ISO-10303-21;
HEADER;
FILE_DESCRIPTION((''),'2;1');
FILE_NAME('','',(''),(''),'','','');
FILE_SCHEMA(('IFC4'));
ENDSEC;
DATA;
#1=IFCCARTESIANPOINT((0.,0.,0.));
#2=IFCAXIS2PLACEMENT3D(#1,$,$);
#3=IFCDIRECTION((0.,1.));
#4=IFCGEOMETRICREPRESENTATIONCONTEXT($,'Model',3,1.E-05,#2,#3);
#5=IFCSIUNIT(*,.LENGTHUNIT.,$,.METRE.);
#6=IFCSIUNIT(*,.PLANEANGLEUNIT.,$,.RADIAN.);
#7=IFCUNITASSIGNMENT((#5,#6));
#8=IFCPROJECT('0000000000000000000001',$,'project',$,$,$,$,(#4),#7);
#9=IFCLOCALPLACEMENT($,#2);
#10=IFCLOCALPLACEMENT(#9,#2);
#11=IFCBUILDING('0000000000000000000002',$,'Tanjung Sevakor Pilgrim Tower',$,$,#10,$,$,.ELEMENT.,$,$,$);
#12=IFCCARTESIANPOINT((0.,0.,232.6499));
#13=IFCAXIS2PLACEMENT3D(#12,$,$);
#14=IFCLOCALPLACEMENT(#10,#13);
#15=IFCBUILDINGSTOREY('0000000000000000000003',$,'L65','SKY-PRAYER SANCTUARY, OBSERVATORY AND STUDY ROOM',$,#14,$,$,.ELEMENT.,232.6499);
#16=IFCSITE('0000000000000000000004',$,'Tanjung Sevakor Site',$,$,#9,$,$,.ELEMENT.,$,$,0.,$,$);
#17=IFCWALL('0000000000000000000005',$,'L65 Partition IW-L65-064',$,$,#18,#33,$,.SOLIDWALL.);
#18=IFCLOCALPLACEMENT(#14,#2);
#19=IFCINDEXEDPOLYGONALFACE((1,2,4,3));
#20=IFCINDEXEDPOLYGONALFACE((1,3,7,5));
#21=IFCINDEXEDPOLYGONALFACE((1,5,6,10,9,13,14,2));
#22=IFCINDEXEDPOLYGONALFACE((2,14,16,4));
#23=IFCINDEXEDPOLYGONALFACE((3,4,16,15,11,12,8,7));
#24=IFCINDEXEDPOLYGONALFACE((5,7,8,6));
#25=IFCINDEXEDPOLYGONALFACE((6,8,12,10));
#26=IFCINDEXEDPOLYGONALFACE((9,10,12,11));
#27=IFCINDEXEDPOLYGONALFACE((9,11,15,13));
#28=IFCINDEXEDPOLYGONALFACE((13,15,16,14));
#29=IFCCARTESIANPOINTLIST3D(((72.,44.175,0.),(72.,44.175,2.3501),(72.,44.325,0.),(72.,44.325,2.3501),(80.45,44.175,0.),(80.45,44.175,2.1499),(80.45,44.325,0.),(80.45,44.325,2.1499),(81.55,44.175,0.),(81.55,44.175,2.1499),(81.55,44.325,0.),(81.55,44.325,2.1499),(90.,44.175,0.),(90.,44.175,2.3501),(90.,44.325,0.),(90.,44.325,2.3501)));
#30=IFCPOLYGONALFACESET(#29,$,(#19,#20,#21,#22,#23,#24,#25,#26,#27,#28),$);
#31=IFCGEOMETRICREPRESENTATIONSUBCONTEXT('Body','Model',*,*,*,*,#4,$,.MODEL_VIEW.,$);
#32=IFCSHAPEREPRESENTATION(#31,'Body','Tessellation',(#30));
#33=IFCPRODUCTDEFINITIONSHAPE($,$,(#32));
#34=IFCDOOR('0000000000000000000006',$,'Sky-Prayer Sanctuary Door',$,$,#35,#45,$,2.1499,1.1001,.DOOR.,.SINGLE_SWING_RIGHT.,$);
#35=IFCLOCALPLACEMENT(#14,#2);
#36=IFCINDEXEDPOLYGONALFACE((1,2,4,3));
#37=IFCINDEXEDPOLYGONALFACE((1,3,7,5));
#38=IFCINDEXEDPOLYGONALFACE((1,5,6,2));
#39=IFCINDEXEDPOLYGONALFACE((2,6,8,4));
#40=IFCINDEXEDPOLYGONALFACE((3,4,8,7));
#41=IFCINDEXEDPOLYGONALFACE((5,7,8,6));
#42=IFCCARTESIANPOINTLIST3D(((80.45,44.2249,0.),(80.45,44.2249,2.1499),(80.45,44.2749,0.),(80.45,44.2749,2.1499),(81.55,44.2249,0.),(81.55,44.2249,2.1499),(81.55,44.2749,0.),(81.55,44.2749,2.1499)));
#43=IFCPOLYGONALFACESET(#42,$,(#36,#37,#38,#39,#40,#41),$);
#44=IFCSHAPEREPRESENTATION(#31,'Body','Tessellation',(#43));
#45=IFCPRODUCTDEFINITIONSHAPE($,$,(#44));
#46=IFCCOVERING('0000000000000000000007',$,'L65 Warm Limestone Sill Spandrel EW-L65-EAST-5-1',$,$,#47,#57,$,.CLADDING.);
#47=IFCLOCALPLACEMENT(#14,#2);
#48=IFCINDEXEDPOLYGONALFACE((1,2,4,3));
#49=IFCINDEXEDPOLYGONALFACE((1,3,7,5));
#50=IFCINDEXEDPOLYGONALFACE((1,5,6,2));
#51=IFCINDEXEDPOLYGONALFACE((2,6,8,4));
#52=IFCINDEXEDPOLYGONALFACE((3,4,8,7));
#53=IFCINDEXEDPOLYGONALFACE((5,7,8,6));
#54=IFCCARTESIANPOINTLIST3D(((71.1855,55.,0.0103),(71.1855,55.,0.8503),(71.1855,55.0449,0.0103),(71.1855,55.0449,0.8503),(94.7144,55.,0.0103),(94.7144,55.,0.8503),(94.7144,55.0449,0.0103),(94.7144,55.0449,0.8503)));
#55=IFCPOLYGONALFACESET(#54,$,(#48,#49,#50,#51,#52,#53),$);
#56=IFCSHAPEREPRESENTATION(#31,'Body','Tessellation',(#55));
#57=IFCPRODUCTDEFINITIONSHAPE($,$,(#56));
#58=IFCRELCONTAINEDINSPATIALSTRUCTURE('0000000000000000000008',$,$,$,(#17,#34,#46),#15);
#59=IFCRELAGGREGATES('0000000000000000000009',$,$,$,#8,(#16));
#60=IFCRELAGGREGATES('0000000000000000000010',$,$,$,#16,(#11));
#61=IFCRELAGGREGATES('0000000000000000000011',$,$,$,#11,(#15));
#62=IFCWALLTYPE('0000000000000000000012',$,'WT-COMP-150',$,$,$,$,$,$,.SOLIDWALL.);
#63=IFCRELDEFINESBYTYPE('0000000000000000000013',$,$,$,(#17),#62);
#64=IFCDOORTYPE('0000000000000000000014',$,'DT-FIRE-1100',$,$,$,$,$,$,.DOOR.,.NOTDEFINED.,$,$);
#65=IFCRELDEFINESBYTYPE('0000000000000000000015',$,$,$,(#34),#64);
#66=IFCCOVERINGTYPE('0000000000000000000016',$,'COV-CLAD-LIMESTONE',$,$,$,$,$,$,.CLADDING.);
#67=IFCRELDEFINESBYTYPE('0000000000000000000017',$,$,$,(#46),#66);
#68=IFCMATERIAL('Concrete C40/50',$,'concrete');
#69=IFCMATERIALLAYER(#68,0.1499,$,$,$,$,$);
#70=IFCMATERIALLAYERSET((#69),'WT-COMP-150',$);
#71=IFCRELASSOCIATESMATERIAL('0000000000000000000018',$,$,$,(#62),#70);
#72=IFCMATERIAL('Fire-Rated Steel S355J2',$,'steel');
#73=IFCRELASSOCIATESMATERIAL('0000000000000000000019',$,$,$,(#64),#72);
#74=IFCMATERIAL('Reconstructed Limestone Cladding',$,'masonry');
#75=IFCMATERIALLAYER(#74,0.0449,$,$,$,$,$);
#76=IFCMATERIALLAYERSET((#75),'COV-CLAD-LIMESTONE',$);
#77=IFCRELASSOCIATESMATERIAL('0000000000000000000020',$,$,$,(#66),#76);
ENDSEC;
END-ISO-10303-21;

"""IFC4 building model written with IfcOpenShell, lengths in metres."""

from ifc_helpers import new_model, si_unit, direction, frame, frame_2d, origin, origin_2d, place, context, subcontext, project, spatial, rectangle, extrude, material, layer, layer_set, type_object, element, fill, save


model = new_model("IFC4")

# Units and contexts
model_context = context("Model", 3, precision=1e-05, world=origin(), true_north=direction((0.0, 1.0)))
body_context = subcontext(model_context, "Body", "Model", "MODEL_VIEW")
ifc_project = project(units=[si_unit("LENGTHUNIT", "METRE"), si_unit("PLANEANGLEUNIT", "RADIAN")], contexts=[model_context])

# Site, building, storey
site_placement = place(None, origin())
site = spatial("IfcSite", under=ifc_project, at=site_placement, Name="Tanjung Sevakor Site", CompositionType="ELEMENT", RefElevation=0.0)
building_placement = place(site_placement, origin())
building = spatial("IfcBuilding", under=site, at=building_placement, Name="Tanjung Sevakor Pilgrim Tower", CompositionType="ELEMENT")
storey_placement = place(building_placement, frame((0.0, 0.0, 232.6499)))
storey = spatial("IfcBuildingStorey", under=building, at=storey_placement, Name="L65", Description="SKY-PRAYER SANCTUARY, OBSERVATORY AND STUDY ROOM", CompositionType="ELEMENT", Elevation=232.6499)

# Shared definitions
ifc_material_1 = material(Name="Concrete C40/50", Category="concrete")
ifc_layer_1 = layer(ifc_material_1, 0.1499)
ifc_layer_set_1 = layer_set([ifc_layer_1], Name="WT-COMP-150")
wall_type = type_object("IfcWallType", Name="WT-COMP-150", PredefinedType="SOLIDWALL", material=ifc_layer_set_1)

# Wall, opening, door
wall_1_placement = place(storey_placement, frame((72.0, 44.25, 0.0), z_axis=(0.0, 0.0, 1.0), x_axis=(1.0, 0.0, 0.0)))
wall_1 = element("IfcWall", 1, at=wall_1_placement, inside=storey, type_object=wall_type, Name="L65 Partition IW-L65-064", PredefinedType="SOLIDWALL", context=body_context, shape_type="SweptSolid", body=[
    extrude(rectangle(XDim=18.0, YDim=0.1499, at=frame_2d((9.0, 0.0))), origin(), (0.0, 0.0, 1.0), 2.3501),
])
opening_placement = place(wall_1_placement, frame((8.45, 0.0, 0.0)))
opening = element("IfcOpeningElement", 2, at=opening_placement, cuts=wall_1, PredefinedType="OPENING", context=body_context, shape_type="SweptSolid", body=[
    extrude(rectangle(XDim=1.1001, YDim=2.1499, at=frame_2d((0.55, 1.075))), frame((0.0, 0.085, 0.0), z_axis=(0.0, -1.0, 0.0), x_axis=(1.0, 0.0, 0.0)), (0.0, 0.0, 1.0), 0.1699),
])
ifc_material_2 = material(Name="Fire-Rated Steel S355J2", Category="steel")
door_type = type_object("IfcDoorType", Name="DT-FIRE-1100", OperationType="NOTDEFINED", PredefinedType="DOOR", material=ifc_material_2)
door_placement = place(opening_placement, origin())
door = element("IfcDoor", 3, at=door_placement, inside=storey, type_object=door_type, Name="Sky-Prayer Sanctuary Door", OperationType="SINGLE_SWING_RIGHT", OverallHeight=2.1499, OverallWidth=1.1001, PredefinedType="DOOR", context=body_context, shape_type="SweptSolid", body=[
    extrude(rectangle(XDim=1.1001, YDim=2.1499, at=frame_2d((0.55, 1.075))), frame((0.0, 0.0249, 0.0), z_axis=(0.0, -1.0, 0.0), x_axis=(1.0, 0.0, 0.0)), (0.0, 0.0, 1.0), 0.05),
])
fill(opening, door)

# Covering
ifc_material_3 = material(Name="Reconstructed Limestone Cladding", Category="masonry")
ifc_layer_2 = layer(ifc_material_3, 0.0449)
ifc_layer_set_2 = layer_set([ifc_layer_2], Name="COV-CLAD-LIMESTONE")
covering_type = type_object("IfcCoveringType", Name="COV-CLAD-LIMESTONE", PredefinedType="CLADDING", material=ifc_layer_set_2)
covering_placement = place(storey_placement, frame((82.95, 55.0225, 0.0103), z_axis=(0.0, 0.0, 1.0), x_axis=(-1.0, 0.0, 0.0)))
element("IfcCovering", 4, at=covering_placement, inside=storey, type_object=covering_type, Name="L65 Warm Limestone Sill Spandrel EW-L65-EAST-5-1", PredefinedType="CLADDING", context=body_context, shape_type="SweptSolid", body=[
    extrude(rectangle(XDim=23.5288, YDim=0.0449, at=origin_2d()), origin(), (0.0, 0.0, 1.0), 0.8401),
])

save(model, "model.ifc")
